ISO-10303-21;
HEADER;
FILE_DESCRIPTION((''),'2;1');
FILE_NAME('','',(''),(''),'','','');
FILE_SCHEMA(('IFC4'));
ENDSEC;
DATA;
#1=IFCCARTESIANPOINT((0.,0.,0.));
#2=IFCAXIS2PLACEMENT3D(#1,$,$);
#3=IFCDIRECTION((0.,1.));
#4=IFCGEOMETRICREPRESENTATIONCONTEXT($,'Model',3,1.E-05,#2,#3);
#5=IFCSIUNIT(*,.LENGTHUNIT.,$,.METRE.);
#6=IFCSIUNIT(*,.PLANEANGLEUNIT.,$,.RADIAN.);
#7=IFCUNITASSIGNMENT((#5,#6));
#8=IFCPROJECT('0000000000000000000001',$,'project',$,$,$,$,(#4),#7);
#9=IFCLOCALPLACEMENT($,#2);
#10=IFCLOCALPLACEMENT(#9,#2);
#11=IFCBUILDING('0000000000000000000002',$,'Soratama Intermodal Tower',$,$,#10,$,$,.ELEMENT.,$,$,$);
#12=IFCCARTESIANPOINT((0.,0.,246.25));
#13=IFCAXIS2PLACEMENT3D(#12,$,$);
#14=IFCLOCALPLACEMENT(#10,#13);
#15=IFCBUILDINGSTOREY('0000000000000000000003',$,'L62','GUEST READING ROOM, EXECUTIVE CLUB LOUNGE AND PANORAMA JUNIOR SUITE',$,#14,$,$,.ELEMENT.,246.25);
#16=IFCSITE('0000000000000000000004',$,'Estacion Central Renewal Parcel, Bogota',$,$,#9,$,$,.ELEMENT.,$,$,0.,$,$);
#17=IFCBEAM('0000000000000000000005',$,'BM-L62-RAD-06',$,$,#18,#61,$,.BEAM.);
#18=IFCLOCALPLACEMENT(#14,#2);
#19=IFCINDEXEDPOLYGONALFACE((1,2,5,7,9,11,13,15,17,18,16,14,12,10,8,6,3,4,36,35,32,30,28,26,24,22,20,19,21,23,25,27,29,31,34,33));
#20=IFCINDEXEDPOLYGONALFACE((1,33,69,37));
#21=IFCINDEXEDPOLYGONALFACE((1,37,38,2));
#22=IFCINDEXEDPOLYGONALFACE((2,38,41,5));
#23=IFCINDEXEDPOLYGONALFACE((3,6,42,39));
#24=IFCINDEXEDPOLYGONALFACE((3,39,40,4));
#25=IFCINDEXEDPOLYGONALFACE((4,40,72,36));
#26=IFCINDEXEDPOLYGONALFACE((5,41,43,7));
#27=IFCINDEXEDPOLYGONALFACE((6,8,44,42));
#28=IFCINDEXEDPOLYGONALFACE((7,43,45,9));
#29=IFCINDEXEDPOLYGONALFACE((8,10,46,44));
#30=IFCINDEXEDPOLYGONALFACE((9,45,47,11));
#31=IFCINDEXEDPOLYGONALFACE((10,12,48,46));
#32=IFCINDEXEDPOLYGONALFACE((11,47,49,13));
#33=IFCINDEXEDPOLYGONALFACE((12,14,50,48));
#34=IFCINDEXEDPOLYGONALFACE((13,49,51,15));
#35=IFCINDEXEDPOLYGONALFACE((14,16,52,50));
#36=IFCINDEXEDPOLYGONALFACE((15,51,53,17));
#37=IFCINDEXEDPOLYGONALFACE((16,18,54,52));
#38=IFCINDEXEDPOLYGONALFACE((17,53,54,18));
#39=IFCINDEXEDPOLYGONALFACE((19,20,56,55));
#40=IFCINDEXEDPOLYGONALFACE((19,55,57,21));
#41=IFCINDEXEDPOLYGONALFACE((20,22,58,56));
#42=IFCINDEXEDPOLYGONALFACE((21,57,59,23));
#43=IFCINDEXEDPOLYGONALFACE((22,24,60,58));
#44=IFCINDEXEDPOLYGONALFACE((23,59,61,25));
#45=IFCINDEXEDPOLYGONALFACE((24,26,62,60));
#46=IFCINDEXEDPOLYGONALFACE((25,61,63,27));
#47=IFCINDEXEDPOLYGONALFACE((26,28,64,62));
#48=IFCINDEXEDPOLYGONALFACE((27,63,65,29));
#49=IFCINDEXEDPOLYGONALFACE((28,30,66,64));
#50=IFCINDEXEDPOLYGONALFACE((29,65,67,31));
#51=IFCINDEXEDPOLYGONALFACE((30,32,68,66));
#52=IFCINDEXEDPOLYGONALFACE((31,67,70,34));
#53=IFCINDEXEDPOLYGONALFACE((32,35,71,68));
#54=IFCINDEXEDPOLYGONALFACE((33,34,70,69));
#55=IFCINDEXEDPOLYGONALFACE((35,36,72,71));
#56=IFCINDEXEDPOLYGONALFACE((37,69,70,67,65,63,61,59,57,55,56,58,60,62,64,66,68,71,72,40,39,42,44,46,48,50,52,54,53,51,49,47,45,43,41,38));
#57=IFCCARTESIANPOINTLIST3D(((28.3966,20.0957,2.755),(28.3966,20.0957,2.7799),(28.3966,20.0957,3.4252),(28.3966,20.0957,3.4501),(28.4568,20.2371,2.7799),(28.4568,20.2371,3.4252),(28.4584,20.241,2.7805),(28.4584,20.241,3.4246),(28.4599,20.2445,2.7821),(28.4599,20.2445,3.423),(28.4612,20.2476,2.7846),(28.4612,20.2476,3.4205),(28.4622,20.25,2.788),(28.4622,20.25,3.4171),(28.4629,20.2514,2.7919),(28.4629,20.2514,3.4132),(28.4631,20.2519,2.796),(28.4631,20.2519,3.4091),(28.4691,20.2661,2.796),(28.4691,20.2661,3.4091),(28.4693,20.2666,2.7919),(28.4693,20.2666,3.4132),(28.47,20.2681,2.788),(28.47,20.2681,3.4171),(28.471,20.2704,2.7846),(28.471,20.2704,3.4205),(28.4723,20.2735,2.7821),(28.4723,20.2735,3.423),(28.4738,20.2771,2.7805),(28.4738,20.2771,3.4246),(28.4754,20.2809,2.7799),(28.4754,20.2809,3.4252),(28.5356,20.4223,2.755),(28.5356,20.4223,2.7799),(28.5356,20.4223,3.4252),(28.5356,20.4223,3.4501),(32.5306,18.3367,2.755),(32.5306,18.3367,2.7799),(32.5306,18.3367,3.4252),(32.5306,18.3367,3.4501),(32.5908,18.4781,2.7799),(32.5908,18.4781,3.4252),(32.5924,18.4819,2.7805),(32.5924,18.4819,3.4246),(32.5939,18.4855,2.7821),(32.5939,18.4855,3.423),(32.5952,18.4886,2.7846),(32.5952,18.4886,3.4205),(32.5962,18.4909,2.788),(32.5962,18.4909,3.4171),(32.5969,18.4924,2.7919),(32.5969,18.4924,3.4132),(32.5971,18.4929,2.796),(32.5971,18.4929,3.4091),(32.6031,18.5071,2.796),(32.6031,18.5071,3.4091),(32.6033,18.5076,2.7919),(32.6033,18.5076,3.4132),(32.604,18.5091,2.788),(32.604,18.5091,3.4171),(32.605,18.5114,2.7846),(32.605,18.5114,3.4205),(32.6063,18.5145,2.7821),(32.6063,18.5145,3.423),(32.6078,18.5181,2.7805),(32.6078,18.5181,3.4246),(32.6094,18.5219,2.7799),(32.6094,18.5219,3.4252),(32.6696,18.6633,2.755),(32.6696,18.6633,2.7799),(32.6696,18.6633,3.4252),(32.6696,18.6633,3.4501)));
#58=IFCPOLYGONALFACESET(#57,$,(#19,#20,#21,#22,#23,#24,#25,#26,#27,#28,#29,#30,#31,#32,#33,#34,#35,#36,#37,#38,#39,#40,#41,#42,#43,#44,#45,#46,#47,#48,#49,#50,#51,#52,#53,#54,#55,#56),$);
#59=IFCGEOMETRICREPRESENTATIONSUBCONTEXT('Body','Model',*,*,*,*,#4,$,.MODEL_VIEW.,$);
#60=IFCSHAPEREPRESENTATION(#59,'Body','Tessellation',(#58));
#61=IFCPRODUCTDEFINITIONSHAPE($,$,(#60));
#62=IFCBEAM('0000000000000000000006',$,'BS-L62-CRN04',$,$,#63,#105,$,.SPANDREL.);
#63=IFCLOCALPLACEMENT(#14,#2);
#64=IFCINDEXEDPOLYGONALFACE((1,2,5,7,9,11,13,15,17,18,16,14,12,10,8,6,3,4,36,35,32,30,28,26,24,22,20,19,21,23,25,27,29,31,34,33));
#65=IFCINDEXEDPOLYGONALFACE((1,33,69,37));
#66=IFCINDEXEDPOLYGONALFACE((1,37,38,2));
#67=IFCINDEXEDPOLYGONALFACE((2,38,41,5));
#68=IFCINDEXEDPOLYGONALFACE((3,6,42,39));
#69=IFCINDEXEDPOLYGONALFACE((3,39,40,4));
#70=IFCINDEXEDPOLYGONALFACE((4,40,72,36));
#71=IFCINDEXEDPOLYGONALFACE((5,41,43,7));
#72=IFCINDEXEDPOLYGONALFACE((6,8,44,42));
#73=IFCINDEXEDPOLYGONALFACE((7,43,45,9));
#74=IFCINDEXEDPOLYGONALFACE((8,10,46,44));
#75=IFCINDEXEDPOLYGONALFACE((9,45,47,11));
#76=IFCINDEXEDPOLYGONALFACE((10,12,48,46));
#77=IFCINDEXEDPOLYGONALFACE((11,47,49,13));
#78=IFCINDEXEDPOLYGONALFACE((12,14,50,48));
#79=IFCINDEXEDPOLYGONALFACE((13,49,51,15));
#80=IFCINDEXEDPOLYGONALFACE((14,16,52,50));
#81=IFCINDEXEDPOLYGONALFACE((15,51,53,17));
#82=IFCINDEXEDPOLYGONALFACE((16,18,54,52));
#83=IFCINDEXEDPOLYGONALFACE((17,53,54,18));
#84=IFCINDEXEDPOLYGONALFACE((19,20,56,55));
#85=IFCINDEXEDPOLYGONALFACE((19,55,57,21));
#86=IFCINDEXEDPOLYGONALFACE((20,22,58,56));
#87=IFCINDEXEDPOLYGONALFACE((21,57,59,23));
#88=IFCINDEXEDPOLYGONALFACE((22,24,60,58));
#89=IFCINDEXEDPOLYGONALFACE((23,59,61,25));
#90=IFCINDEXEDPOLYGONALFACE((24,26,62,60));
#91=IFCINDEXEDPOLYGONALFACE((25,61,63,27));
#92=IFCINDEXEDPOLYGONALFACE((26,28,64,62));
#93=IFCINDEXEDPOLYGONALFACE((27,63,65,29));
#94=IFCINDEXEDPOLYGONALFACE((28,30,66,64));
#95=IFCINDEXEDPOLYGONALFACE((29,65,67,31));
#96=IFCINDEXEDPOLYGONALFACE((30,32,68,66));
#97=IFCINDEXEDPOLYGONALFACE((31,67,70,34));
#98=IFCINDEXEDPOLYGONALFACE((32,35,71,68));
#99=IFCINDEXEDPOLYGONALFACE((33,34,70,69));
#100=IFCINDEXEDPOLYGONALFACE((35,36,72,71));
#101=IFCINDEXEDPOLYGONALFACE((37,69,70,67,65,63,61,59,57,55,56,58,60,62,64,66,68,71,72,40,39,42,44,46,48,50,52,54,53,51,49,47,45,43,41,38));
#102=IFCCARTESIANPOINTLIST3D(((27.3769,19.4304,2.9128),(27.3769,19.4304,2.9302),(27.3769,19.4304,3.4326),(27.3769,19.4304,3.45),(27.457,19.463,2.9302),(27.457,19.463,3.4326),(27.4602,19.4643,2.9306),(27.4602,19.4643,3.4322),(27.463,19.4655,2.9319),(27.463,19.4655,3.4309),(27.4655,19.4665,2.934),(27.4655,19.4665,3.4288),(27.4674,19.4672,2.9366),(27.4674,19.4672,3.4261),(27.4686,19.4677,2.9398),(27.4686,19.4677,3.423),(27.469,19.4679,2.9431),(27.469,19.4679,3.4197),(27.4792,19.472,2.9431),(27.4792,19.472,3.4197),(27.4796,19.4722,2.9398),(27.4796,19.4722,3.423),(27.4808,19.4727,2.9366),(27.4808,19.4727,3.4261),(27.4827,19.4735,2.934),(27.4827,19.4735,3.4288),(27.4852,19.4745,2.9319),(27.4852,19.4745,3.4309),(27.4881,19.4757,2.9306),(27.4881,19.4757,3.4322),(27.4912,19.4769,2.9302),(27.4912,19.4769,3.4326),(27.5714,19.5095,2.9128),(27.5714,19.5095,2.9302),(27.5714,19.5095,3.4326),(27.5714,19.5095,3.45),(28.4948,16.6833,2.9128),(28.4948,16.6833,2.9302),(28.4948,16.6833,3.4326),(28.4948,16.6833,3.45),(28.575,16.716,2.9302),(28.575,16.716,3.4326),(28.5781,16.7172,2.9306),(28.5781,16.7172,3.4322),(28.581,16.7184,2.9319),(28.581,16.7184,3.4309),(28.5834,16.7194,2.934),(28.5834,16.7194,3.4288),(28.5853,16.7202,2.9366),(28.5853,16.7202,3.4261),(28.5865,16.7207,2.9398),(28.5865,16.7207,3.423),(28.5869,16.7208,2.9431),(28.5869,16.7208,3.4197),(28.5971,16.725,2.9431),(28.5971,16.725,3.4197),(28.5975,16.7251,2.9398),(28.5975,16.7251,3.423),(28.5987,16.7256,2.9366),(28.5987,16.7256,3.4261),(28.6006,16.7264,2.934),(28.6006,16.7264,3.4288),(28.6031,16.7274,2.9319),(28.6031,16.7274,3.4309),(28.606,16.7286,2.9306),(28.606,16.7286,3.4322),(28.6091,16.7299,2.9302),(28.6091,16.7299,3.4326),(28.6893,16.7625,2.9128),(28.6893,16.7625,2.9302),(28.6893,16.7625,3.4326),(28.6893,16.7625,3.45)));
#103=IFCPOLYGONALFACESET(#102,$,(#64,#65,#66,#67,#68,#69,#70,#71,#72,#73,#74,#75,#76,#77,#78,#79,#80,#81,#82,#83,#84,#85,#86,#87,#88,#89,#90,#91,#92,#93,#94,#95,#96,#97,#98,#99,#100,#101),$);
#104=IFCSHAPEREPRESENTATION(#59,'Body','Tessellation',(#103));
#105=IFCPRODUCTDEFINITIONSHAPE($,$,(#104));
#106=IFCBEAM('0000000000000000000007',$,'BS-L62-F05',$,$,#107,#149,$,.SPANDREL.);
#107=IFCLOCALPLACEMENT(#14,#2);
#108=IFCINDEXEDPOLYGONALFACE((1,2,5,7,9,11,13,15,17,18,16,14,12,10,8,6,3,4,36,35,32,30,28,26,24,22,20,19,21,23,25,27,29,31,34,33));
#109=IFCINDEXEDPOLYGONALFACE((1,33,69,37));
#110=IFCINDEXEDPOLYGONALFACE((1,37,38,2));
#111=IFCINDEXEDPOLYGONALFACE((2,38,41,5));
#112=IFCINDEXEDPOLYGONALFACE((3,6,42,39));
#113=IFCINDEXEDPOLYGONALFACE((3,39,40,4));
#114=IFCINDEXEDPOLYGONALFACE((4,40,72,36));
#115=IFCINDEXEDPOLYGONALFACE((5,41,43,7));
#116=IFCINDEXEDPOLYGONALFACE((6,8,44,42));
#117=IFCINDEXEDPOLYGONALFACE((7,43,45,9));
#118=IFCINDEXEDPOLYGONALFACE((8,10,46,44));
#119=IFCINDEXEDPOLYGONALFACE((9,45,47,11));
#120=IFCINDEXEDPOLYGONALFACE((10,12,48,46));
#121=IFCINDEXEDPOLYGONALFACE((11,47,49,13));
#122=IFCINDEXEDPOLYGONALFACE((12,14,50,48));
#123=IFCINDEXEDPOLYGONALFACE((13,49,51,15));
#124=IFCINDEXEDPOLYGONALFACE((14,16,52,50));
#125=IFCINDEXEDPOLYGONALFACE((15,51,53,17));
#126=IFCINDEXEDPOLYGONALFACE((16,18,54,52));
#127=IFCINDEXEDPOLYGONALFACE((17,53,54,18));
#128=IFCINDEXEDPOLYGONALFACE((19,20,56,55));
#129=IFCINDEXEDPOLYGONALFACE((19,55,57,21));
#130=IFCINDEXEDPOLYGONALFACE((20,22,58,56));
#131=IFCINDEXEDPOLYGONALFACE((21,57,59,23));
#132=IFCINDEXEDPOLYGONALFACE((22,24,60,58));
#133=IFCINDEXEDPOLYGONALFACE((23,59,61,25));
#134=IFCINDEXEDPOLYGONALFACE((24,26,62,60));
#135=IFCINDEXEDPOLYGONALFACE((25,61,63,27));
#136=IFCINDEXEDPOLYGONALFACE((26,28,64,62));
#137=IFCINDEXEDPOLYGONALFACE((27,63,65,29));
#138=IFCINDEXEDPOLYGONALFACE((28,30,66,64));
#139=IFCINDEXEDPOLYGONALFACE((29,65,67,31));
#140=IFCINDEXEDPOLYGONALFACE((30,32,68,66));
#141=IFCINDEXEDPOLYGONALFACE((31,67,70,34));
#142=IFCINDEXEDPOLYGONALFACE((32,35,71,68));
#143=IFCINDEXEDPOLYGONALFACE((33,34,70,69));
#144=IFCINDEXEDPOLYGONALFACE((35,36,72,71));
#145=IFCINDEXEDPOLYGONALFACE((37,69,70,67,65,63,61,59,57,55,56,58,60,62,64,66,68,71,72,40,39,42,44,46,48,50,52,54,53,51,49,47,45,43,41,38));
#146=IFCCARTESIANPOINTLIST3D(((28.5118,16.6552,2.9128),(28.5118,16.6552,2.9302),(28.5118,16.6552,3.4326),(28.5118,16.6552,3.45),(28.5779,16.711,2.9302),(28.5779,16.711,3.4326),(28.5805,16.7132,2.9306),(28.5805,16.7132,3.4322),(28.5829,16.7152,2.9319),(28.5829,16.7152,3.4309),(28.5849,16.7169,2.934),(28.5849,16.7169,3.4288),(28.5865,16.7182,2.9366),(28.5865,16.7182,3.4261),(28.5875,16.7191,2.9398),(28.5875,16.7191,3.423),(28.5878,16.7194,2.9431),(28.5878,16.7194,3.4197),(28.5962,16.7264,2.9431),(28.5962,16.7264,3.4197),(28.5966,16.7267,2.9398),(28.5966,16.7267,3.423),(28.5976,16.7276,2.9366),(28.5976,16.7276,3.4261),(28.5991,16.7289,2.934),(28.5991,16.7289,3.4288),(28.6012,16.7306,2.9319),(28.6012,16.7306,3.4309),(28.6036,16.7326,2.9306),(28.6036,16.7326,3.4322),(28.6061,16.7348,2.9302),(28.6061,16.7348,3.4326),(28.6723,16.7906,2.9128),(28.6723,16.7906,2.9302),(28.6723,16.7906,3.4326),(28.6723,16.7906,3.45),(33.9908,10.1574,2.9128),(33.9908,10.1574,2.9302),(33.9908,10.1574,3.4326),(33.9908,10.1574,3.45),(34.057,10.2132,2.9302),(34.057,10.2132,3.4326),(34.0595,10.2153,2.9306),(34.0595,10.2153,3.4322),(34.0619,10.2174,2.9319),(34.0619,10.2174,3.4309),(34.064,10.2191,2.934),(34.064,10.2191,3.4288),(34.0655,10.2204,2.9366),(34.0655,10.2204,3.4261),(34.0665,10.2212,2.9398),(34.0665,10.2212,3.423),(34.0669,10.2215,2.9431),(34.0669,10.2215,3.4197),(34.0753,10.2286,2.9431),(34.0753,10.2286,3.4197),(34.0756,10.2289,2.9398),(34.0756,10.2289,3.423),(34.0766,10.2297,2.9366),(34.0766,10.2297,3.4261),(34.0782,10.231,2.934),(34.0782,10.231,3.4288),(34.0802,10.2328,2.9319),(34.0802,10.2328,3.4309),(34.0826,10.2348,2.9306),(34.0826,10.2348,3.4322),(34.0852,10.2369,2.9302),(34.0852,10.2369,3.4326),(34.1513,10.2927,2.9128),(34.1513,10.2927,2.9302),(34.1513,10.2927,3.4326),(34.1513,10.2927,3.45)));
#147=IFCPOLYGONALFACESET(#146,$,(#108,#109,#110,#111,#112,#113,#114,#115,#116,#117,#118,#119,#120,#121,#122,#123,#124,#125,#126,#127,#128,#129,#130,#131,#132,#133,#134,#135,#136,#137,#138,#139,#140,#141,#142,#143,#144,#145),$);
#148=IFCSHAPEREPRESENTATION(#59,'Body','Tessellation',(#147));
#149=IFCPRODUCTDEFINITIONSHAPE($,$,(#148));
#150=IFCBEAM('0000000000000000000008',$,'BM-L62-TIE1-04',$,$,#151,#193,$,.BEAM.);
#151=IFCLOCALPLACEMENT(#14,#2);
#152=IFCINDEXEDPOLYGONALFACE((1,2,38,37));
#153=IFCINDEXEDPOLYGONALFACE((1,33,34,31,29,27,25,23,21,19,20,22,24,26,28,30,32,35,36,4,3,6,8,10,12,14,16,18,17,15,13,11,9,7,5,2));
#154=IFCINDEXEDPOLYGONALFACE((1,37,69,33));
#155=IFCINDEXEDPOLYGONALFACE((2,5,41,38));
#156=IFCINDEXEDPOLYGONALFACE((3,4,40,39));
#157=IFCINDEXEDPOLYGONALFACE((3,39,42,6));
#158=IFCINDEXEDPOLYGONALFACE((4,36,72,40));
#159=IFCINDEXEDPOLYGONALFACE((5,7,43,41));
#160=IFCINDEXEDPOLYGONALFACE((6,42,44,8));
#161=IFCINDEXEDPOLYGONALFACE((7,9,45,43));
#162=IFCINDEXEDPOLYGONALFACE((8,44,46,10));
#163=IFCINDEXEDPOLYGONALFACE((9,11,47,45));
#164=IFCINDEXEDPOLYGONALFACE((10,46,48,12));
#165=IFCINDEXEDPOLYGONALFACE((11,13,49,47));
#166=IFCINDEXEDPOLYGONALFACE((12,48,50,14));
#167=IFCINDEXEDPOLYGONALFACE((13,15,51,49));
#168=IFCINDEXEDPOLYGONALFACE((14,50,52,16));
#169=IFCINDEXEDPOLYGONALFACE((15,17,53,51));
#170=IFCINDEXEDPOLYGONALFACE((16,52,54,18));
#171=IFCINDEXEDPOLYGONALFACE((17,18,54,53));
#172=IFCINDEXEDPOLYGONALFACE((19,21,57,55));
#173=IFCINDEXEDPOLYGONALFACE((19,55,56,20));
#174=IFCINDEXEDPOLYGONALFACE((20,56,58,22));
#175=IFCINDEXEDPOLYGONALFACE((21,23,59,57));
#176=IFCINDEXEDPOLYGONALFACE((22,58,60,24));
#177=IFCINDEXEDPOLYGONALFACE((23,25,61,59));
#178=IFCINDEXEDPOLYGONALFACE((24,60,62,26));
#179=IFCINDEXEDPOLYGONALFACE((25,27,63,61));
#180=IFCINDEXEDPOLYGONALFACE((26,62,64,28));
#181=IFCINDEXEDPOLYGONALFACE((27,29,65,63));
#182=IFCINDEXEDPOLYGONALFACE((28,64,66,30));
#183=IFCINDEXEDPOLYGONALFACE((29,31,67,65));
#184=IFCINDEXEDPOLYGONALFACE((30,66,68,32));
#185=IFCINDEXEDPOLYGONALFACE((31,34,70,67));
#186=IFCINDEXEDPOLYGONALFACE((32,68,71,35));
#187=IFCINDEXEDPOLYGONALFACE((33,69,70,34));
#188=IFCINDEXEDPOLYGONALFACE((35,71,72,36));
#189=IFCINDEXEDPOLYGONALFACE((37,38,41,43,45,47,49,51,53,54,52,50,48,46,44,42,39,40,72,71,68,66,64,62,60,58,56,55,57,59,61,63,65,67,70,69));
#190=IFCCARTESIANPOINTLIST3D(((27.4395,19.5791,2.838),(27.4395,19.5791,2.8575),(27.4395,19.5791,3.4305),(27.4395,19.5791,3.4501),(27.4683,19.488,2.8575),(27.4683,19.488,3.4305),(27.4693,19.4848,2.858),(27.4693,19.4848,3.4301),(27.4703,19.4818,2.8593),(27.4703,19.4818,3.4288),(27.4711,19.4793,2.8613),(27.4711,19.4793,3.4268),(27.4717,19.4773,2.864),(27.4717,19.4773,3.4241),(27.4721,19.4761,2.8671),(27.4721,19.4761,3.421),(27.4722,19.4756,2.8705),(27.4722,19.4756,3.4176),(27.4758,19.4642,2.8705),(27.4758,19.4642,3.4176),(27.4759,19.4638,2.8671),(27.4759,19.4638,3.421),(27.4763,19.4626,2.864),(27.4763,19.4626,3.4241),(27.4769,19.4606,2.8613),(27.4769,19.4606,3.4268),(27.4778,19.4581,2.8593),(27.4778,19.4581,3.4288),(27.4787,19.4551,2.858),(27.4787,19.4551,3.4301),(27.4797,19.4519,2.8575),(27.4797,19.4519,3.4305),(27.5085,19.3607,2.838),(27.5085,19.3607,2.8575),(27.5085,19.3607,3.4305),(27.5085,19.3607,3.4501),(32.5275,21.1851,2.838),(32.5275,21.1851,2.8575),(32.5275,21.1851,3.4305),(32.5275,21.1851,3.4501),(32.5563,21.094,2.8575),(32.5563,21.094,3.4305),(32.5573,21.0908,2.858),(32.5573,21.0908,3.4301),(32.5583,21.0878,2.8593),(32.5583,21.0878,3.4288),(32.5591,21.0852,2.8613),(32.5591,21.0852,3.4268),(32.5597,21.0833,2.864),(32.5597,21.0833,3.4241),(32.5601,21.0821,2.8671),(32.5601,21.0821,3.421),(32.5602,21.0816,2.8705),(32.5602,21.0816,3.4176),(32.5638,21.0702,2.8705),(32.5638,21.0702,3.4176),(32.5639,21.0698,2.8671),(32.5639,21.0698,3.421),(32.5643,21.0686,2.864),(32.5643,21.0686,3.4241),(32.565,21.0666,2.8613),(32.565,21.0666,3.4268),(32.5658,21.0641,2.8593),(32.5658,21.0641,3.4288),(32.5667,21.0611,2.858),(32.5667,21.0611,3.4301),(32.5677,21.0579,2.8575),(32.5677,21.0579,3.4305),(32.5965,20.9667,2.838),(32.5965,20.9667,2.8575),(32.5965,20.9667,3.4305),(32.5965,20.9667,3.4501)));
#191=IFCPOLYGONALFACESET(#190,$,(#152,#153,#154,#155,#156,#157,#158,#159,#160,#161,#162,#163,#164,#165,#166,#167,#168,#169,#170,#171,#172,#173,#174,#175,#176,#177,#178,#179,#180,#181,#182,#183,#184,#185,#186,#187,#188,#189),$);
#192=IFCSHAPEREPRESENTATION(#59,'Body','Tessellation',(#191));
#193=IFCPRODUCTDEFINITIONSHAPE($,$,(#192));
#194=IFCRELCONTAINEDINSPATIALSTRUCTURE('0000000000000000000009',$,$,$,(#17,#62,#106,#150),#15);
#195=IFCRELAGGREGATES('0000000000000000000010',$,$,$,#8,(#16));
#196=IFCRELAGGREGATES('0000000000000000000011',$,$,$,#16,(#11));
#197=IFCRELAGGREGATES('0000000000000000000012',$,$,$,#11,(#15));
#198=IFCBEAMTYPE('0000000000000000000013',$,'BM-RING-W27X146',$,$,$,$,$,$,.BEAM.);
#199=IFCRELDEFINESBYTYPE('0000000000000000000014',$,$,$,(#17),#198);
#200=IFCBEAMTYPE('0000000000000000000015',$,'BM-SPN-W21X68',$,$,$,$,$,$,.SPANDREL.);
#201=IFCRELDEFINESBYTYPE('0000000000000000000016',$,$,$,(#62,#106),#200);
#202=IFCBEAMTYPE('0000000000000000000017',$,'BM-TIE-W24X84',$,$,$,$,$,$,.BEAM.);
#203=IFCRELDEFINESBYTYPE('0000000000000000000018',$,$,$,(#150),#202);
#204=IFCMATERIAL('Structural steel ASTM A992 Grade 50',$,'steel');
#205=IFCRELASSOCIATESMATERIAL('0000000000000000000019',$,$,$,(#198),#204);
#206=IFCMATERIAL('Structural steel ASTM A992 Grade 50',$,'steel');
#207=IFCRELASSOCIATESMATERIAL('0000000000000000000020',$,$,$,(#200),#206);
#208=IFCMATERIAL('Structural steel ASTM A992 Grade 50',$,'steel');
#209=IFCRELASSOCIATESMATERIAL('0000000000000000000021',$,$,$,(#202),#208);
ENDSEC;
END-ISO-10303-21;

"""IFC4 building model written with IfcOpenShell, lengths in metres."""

from ifc_helpers import new_model, si_unit, direction, frame, origin, origin_2d, place, context, subcontext, project, spatial, i_section, extrude, material, material_profile, profile_set, type_object, element, save


model = new_model("IFC4")

# Units and contexts
model_context = context("Model", 3, precision=1e-05, world=origin(), true_north=direction((0.0, 1.0)))
body_context = subcontext(model_context, "Body", "Model", "MODEL_VIEW")
ifc_project = project(units=[si_unit("LENGTHUNIT", "METRE"), si_unit("PLANEANGLEUNIT", "RADIAN")], contexts=[model_context])

# Site, building, storey
site_placement = place(None, origin())
site = spatial("IfcSite", under=ifc_project, at=site_placement, Name="Estacion Central Renewal Parcel, Bogota", CompositionType="ELEMENT", RefElevation=0.0)
building_placement = place(site_placement, origin())
building = spatial("IfcBuilding", under=site, at=building_placement, Name="Soratama Intermodal Tower", CompositionType="ELEMENT")
storey_placement = place(building_placement, frame((0.0, 0.0, 246.25)))
storey = spatial("IfcBuildingStorey", under=building, at=storey_placement, Name="L62", Description="GUEST READING ROOM, EXECUTIVE CLUB LOUNGE AND PANORAMA JUNIOR SUITE", CompositionType="ELEMENT", Elevation=246.25)

# Beams
ifc_material_1 = material(Name="Structural steel ASTM A992 Grade 50", Category="steel")
ifc_material_profile_1 = material_profile(ifc_material_1, i_section(OverallWidth=0.355, OverallDepth=0.6951, WebThickness=0.0154, FlangeThickness=0.0249, FilletRadius=0.0161, at=origin_2d()), Name="W27X146")
ifc_profile_set_1 = profile_set([ifc_material_profile_1], Name="Structural steel ASTM A992 Grade 50")
beam_type_1 = type_object("IfcBeamType", Name="BM-RING-W27X146", PredefinedType="BEAM", material=ifc_profile_set_1)
beam_1_placement = place(storey_placement, frame((32.6001, 18.5, 3.1025), z_axis=(-0.920165, 0.391531, 0.0), x_axis=(-0.391531, -0.920165, 0.0)))
element("IfcBeam", 1, at=beam_1_placement, inside=storey, type_object=beam_type_1, Name="BM-L62-RAD-06", PredefinedType="BEAM", context=body_context, shape_type="SweptSolid", body=[
    extrude(i_section(OverallWidth=0.355, OverallDepth=0.6951, WebThickness=0.0154, FlangeThickness=0.0249, FilletRadius=0.0161, at=origin_2d()), origin(), (0.0, 0.0, 1.0), 4.4927),
])
ifc_material_2 = material(Name="Structural steel ASTM A992 Grade 50", Category="steel")
ifc_material_profile_2 = material_profile(ifc_material_2, i_section(OverallWidth=0.21, OverallDepth=0.5371, WebThickness=0.011, FlangeThickness=0.0173, FilletRadius=0.0129, at=origin_2d()), Name="W21X68")
ifc_profile_set_2 = profile_set([ifc_material_profile_2], Name="Structural steel ASTM A992 Grade 50")
beam_type_2 = type_object("IfcBeamType", Name="BM-SPN-W21X68", PredefinedType="SPANDREL", material=ifc_profile_set_2)
beam_2_placement = place(storey_placement, frame((27.4741, 19.47, 3.1814), z_axis=(0.376933, -0.92624, 0.0), x_axis=(0.92624, 0.376933, 0.0)))
element("IfcBeam", 2, at=beam_2_placement, inside=storey, type_object=beam_type_2, Name="BS-L62-CRN04", PredefinedType="SPANDREL", context=body_context, shape_type="SweptSolid", body=[
    extrude(i_section(OverallWidth=0.21, OverallDepth=0.5371, WebThickness=0.011, FlangeThickness=0.0173, FilletRadius=0.0129, at=origin_2d()), origin(), (0.0, 0.0, 1.0), 2.9658),
])
beam_3_placement = place(storey_placement, frame((28.592, 16.7229, 3.1814), z_axis=(0.644629, -0.764495, 0.0), x_axis=(0.764495, 0.644629, 0.0)))
element("IfcBeam", 3, at=beam_3_placement, inside=storey, type_object=beam_type_2, Name="BS-L62-F05", PredefinedType="SPANDREL", context=body_context, shape_type="SweptSolid", body=[
    extrude(i_section(OverallWidth=0.21, OverallDepth=0.5371, WebThickness=0.011, FlangeThickness=0.0173, FilletRadius=0.0129, at=origin_2d()), origin(), (0.0, 0.0, 1.0), 8.4995),
])
ifc_material_3 = material(Name="Structural steel ASTM A992 Grade 50", Category="steel")
ifc_material_profile_3 = material_profile(ifc_material_3, i_section(OverallWidth=0.229, OverallDepth=0.6121, WebThickness=0.012, FlangeThickness=0.0195, FilletRadius=0.0129, at=origin_2d()), Name="W24X84")
ifc_profile_set_3 = profile_set([ifc_material_profile_3], Name="Structural steel ASTM A992 Grade 50")
beam_type_3 = type_object("IfcBeamType", Name="BM-TIE-W24X84", PredefinedType="BEAM", material=ifc_profile_set_3)
beam_4_placement = place(storey_placement, frame((32.562, 21.0759, 3.144), z_axis=(-0.953623, -0.301004, 0.0), x_axis=(0.301004, -0.953623, 0.0)))
element("IfcBeam", 4, at=beam_4_placement, inside=storey, type_object=beam_type_3, Name="BM-L62-TIE1-04", PredefinedType="BEAM", context=body_context, shape_type="SweptSolid", body=[
    extrude(i_section(OverallWidth=0.229, OverallDepth=0.6121, WebThickness=0.012, FlangeThickness=0.0195, FilletRadius=0.0129, at=origin_2d()), origin(), (0.0, 0.0, 1.0), 5.3354),
])

save(model, "model.ifc")
